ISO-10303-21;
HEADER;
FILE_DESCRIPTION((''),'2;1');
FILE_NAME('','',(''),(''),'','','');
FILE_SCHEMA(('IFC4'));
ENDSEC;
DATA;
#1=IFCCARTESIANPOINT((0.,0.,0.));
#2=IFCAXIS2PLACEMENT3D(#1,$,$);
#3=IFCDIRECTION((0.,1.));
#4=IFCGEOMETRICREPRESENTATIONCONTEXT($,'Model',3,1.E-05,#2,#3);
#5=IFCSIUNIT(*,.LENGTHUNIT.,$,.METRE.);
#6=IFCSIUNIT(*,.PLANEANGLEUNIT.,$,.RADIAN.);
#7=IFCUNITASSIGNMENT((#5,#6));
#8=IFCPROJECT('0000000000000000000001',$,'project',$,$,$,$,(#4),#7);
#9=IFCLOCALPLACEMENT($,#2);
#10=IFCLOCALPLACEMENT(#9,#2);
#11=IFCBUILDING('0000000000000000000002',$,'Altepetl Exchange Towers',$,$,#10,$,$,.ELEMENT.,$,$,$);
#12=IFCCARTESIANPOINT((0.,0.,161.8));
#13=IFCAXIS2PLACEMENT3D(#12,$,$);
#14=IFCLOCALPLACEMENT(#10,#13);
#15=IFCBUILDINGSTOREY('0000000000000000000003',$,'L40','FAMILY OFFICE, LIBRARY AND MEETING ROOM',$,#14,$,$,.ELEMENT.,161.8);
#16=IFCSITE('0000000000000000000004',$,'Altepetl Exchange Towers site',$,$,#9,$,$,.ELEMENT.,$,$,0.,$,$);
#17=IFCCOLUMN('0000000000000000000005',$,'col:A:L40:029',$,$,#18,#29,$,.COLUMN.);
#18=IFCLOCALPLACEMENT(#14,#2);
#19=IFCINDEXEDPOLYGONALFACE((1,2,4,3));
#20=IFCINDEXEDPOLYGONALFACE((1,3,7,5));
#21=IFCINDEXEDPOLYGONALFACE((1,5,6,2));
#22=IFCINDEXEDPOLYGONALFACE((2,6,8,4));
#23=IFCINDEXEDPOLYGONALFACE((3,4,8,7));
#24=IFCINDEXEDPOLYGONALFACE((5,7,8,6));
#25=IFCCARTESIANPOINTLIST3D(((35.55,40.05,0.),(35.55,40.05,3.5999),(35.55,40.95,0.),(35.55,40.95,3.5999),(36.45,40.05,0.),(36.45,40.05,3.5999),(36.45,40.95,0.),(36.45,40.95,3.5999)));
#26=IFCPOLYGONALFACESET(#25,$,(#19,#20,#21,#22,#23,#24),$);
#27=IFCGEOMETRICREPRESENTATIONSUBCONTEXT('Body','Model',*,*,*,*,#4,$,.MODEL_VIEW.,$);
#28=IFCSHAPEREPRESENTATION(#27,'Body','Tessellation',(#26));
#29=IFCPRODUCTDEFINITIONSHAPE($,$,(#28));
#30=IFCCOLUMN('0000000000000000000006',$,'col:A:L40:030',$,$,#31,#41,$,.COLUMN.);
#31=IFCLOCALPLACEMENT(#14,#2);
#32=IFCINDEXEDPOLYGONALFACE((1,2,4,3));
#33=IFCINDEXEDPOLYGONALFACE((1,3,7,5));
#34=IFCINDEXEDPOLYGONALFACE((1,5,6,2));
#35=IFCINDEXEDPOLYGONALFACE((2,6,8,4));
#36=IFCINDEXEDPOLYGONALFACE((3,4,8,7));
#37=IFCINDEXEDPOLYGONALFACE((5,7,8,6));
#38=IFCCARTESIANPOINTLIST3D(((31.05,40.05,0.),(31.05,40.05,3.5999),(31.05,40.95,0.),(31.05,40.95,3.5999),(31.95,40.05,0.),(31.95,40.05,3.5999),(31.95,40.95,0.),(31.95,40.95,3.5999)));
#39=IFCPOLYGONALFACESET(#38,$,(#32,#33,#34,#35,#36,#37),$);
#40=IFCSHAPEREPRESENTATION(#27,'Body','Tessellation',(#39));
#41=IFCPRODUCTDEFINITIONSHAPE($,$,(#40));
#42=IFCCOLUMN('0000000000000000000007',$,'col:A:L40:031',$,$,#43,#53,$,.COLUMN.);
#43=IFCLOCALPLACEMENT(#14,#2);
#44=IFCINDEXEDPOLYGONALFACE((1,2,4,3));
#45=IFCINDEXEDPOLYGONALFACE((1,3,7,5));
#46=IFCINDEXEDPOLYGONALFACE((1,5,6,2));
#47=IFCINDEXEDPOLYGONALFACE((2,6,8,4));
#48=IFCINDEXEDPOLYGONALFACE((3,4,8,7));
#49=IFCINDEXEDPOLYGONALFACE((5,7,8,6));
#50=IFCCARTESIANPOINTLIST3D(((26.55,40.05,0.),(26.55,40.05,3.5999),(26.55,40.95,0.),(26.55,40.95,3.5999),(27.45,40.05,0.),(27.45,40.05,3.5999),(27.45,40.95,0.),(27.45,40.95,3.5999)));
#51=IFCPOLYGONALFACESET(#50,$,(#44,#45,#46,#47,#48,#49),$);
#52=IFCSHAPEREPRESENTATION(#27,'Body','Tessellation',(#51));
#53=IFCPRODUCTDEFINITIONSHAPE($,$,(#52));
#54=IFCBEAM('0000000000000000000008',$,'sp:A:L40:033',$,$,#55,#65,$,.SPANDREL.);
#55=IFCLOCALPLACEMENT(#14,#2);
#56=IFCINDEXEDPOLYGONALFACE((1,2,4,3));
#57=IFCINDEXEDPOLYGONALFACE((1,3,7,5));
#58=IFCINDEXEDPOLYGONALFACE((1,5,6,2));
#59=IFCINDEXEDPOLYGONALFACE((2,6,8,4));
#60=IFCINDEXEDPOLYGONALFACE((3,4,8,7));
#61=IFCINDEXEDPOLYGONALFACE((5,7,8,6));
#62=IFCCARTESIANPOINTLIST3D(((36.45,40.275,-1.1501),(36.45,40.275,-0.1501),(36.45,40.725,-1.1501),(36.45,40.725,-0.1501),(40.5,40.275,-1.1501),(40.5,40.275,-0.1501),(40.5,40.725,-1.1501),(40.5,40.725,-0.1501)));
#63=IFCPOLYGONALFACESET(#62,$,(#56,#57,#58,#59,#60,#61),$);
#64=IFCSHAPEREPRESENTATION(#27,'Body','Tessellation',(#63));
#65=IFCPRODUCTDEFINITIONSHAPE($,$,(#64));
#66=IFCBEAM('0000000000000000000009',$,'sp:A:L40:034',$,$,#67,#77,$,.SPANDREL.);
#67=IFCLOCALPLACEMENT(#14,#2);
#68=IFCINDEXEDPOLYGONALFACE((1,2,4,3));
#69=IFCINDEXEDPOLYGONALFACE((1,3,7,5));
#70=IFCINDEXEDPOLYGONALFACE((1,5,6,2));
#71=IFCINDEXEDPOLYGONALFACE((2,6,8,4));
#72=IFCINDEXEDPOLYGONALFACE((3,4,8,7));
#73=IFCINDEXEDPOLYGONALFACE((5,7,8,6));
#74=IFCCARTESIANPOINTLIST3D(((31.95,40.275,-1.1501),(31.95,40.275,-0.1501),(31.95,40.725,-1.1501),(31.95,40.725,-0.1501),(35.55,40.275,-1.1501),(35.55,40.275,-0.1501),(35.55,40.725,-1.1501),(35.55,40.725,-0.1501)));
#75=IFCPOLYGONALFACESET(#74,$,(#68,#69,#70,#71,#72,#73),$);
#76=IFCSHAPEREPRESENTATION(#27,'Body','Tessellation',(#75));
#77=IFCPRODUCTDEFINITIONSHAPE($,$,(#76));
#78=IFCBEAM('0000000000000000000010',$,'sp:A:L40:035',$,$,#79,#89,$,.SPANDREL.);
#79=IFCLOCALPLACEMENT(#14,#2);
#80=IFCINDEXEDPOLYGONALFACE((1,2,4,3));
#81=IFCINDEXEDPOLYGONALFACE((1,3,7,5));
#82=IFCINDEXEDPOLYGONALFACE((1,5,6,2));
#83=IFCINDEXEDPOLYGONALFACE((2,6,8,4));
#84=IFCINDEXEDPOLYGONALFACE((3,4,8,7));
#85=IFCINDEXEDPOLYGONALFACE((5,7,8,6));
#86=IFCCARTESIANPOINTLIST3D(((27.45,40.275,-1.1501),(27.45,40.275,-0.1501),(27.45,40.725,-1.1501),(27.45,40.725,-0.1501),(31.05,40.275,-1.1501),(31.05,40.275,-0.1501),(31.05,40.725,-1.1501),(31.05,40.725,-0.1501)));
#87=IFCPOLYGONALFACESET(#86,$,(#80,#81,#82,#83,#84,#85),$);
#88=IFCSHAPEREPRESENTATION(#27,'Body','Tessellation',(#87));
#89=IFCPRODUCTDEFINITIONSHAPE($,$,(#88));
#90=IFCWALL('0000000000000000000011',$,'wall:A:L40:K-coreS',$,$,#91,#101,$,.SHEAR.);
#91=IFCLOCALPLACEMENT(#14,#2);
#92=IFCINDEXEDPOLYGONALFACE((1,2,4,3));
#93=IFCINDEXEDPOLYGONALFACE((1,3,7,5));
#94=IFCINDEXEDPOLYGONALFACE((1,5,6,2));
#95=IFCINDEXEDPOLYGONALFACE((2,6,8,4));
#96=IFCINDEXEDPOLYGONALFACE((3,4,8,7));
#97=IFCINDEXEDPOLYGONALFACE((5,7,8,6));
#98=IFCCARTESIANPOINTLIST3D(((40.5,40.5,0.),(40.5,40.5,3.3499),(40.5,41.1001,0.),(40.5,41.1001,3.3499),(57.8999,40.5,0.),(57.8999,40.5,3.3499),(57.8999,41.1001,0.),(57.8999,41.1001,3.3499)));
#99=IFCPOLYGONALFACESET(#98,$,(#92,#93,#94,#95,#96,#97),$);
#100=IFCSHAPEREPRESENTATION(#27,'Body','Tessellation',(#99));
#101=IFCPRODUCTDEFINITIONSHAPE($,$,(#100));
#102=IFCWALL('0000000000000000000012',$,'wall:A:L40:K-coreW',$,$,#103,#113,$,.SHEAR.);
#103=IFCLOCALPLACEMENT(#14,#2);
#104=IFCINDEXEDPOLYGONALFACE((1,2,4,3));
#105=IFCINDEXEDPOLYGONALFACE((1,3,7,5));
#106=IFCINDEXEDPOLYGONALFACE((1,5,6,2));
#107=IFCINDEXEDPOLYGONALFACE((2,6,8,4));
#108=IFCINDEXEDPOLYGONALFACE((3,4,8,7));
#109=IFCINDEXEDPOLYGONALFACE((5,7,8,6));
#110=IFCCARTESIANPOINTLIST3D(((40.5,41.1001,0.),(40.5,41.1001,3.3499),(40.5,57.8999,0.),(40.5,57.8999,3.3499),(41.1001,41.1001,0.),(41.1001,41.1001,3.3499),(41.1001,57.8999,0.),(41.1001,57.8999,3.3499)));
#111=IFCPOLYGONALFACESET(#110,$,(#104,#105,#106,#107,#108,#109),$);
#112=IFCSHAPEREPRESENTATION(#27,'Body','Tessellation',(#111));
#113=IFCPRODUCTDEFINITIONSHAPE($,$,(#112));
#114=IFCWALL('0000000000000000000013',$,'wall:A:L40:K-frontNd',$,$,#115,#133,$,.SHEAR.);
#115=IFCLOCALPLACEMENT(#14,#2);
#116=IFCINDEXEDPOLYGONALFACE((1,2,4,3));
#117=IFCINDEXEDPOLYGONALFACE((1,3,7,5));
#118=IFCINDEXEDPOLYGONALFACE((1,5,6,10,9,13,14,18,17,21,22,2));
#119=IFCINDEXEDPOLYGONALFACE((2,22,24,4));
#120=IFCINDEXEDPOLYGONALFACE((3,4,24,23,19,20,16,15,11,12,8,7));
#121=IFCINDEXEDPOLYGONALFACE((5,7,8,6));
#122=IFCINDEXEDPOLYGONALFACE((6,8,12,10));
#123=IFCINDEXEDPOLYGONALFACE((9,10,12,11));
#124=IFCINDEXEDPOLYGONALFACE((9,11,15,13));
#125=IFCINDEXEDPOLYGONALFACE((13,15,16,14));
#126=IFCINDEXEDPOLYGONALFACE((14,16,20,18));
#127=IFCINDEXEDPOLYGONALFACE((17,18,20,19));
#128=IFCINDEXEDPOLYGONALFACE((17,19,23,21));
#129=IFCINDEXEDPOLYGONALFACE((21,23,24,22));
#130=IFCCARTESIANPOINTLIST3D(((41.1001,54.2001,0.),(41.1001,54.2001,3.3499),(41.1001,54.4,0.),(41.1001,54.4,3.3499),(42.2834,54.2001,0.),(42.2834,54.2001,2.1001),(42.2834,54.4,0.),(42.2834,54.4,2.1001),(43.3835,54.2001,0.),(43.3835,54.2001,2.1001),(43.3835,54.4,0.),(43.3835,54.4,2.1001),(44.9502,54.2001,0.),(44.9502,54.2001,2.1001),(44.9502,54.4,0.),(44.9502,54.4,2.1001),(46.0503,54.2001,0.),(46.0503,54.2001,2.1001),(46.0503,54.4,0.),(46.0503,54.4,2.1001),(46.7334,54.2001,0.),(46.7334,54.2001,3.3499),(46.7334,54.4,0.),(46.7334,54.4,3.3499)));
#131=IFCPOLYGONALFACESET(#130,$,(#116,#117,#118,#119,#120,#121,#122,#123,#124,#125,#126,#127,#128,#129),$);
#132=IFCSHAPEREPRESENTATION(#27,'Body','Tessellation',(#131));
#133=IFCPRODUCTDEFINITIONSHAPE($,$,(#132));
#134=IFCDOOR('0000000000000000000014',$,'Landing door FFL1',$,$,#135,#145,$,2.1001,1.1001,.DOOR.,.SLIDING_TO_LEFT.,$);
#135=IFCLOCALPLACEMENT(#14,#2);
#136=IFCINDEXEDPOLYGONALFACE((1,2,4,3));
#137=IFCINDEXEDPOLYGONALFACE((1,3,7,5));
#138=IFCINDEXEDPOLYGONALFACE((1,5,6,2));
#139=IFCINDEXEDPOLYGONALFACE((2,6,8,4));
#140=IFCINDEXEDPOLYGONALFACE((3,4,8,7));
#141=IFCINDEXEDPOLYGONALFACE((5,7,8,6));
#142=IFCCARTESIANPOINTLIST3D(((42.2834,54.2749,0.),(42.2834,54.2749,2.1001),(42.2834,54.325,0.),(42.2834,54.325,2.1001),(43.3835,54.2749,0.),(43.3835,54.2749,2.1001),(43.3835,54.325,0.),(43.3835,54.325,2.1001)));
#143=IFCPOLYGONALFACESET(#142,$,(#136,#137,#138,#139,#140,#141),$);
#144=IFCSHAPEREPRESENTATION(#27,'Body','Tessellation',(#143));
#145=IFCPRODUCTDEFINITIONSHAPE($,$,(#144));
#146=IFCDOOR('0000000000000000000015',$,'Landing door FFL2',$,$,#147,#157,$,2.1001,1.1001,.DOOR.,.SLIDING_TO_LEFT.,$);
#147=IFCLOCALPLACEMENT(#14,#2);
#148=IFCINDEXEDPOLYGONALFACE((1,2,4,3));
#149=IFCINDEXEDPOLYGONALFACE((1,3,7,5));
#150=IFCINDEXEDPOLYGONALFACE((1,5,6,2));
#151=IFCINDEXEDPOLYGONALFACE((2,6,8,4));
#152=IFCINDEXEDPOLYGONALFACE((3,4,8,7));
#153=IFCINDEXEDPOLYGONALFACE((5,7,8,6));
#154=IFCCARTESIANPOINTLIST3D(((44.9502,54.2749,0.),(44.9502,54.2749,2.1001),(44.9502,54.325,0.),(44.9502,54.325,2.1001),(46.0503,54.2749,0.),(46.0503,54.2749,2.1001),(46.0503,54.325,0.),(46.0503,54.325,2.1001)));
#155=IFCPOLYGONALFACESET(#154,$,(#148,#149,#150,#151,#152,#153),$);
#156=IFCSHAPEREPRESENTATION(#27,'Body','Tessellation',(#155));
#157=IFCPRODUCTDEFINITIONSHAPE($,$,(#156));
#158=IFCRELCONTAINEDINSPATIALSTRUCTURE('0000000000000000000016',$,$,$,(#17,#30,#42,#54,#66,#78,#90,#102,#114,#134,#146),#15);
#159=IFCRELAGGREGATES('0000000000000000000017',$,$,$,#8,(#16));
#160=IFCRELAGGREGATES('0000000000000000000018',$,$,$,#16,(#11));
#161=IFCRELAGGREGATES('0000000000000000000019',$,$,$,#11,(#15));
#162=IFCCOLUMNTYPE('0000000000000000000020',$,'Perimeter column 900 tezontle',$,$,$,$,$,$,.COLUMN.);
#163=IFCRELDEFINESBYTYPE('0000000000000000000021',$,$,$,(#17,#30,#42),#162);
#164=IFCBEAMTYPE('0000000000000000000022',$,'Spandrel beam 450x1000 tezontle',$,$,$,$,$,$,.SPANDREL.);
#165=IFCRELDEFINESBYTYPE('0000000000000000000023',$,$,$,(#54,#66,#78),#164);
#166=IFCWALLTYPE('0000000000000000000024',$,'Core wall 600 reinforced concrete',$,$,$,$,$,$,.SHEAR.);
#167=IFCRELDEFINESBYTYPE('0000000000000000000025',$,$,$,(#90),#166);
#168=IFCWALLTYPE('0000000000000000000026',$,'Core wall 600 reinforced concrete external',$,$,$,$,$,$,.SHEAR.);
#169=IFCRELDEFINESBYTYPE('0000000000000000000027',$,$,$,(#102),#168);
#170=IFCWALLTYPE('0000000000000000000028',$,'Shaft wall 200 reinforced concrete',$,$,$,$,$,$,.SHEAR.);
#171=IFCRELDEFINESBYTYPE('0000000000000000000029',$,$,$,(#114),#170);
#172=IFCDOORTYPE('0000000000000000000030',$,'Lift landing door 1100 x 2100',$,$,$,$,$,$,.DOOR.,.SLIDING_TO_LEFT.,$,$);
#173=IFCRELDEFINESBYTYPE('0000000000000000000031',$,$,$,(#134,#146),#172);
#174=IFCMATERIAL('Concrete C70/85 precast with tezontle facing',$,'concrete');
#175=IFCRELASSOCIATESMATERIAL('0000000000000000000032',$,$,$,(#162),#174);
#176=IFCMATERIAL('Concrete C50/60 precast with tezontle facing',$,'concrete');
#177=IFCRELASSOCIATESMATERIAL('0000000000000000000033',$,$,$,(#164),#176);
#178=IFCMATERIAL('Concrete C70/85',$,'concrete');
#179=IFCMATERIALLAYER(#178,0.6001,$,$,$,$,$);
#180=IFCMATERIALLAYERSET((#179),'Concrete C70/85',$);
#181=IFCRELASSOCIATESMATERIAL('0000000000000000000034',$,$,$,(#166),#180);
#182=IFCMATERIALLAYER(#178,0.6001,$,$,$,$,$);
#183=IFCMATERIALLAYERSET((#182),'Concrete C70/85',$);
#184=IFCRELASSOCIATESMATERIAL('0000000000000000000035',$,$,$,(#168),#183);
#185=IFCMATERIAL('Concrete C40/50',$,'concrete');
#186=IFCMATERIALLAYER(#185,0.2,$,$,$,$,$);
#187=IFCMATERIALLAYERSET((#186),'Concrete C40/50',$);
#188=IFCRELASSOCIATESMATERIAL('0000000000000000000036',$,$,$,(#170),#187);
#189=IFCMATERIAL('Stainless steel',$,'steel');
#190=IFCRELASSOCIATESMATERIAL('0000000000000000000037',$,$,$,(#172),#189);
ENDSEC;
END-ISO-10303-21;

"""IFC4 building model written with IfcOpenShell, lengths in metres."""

from ifc_helpers import new_model, si_unit, direction, frame, frame_2d, origin, origin_2d, place, context, subcontext, project, spatial, rectangle, extrude, material, layer, layer_set, material_profile, profile_set, type_object, element, fill, save


model = new_model("IFC4")

# Units and contexts
model_context = context("Model", 3, precision=1e-05, world=origin(), true_north=direction((0.0, 1.0)))
body_context = subcontext(model_context, "Body", "Model", "MODEL_VIEW")
ifc_project = project(units=[si_unit("LENGTHUNIT", "METRE"), si_unit("PLANEANGLEUNIT", "RADIAN")], contexts=[model_context])

# Site, building, storey
site_placement = place(None, origin())
site = spatial("IfcSite", under=ifc_project, at=site_placement, Name="Altepetl Exchange Towers site", CompositionType="ELEMENT", RefElevation=0.0)
building_placement = place(site_placement, origin())
building = spatial("IfcBuilding", under=site, at=building_placement, Name="Altepetl Exchange Towers", CompositionType="ELEMENT")
storey_placement = place(building_placement, frame((0.0, 0.0, 161.8)))
storey = spatial("IfcBuildingStorey", under=building, at=storey_placement, Name="L40", Description="FAMILY OFFICE, LIBRARY AND MEETING ROOM", CompositionType="ELEMENT", Elevation=161.8)

# Columns
ifc_material_1 = material(Name="Concrete C70/85 precast with tezontle facing", Category="concrete")
ifc_material_profile_1 = material_profile(ifc_material_1, rectangle(XDim=0.8999, YDim=0.8999, at=origin_2d()), Name="900 x 900")
ifc_profile_set_1 = profile_set([ifc_material_profile_1], Name="Concrete C70/85 precast with tezontle facing")
column_type = type_object("IfcColumnType", Name="Perimeter column 900 tezontle", PredefinedType="COLUMN", material=ifc_profile_set_1)
for number, where, name in (
    (1, (36.0, 40.5, 0.0), "col:A:L40:029"),
    (2, (31.5, 40.5, 0.0), "col:A:L40:030"),
    (3, (27.0, 40.5, 0.0), "col:A:L40:031"),
):
    element("IfcColumn", number, at=place(storey_placement, frame(where)), inside=storey, type_object=column_type, Name=name, PredefinedType="COLUMN", context=body_context, shape_type="SweptSolid", body=[
        extrude(rectangle(XDim=0.8999, YDim=0.8999, at=origin_2d()), origin(), (0.0, 0.0, 1.0), 3.5999),
    ])

# Beams
ifc_material_2 = material(Name="Concrete C50/60 precast with tezontle facing", Category="concrete")
ifc_material_profile_2 = material_profile(ifc_material_2, rectangle(XDim=0.45, YDim=1.0, at=origin_2d()), Name="450 x 1000")
ifc_profile_set_2 = profile_set([ifc_material_profile_2], Name="Concrete C50/60 precast with tezontle facing")
beam_type = type_object("IfcBeamType", Name="Spandrel beam 450x1000 tezontle", PredefinedType="SPANDREL", material=ifc_profile_set_2)
beam_placement = place(storey_placement, frame((40.5, 40.5, -0.6501), z_axis=(-1.0, 0.0, 0.0), x_axis=(0.0, -1.0, 0.0)))
element("IfcBeam", 4, at=beam_placement, inside=storey, type_object=beam_type, Name="sp:A:L40:033", PredefinedType="SPANDREL", context=body_context, shape_type="SweptSolid", body=[
    extrude(rectangle(XDim=0.45, YDim=1.0, at=origin_2d()), origin(), (0.0, 0.0, 1.0), 4.05),
])
for number, where, z_axis, x_axis, name in (
    (5, (35.55, 40.5, -0.6501), (-1.0, 0.0, 0.0), (0.0, -1.0, 0.0), "sp:A:L40:034"),
    (6, (31.05, 40.5, -0.6501), (-1.0, 0.0, 0.0), (0.0, -1.0, 0.0), "sp:A:L40:035"),
):
    element("IfcBeam", number, at=place(storey_placement, frame(where, z_axis=z_axis, x_axis=x_axis)), inside=storey, type_object=beam_type, Name=name, PredefinedType="SPANDREL", context=body_context, shape_type="SweptSolid", body=[
        extrude(rectangle(XDim=0.45, YDim=1.0, at=origin_2d()), origin(), (0.0, 0.0, 1.0), 3.6001),
    ])

# Walls
ifc_material_3 = material(Name="Concrete C70/85", Category="concrete")
ifc_layer_1 = layer(ifc_material_3, 0.6001)
ifc_layer_set_1 = layer_set([ifc_layer_1], Name="Concrete C70/85")
wall_type_1 = type_object("IfcWallType", Name="Core wall 600 reinforced concrete", PredefinedType="SHEAR", material=ifc_layer_set_1)
wall_1_placement = place(storey_placement, frame((40.5, 40.8, 0.0)))
element("IfcWall", 7, at=wall_1_placement, inside=storey, type_object=wall_type_1, Name="wall:A:L40:K-coreS", PredefinedType="SHEAR", context=body_context, shape_type="SweptSolid", body=[
    extrude(rectangle(XDim=17.3999, YDim=0.6001, at=frame_2d((8.7, 0.0))), origin(), (0.0, 0.0, 1.0), 3.3499),
])
ifc_layer_2 = layer(ifc_material_3, 0.6001)
ifc_layer_set_2 = layer_set([ifc_layer_2], Name="Concrete C70/85")
wall_type_2 = type_object("IfcWallType", Name="Core wall 600 reinforced concrete external", PredefinedType="SHEAR", material=ifc_layer_set_2)
wall_2_placement = place(storey_placement, frame((40.8, 41.1001, 0.0), z_axis=(0.0, 0.0, 1.0), x_axis=(0.0, 1.0, 0.0)))
element("IfcWall", 8, at=wall_2_placement, inside=storey, type_object=wall_type_2, Name="wall:A:L40:K-coreW", PredefinedType="SHEAR", context=body_context, shape_type="SweptSolid", body=[
    extrude(rectangle(XDim=16.7998, YDim=0.6001, at=frame_2d((8.3999, 0.0))), origin(), (0.0, 0.0, 1.0), 3.3499),
])

# Wall, openings, doors
ifc_material_4 = material(Name="Concrete C40/50", Category="concrete")
ifc_layer_3 = layer(ifc_material_4, 0.2)
ifc_layer_set_3 = layer_set([ifc_layer_3], Name="Concrete C40/50")
wall_type_3 = type_object("IfcWallType", Name="Shaft wall 200 reinforced concrete", PredefinedType="SHEAR", material=ifc_layer_set_3)
wall_3_placement = place(storey_placement, frame((41.1001, 54.3, 0.0)))
wall_3 = element("IfcWall", 9, at=wall_3_placement, inside=storey, type_object=wall_type_3, Name="wall:A:L40:K-frontNd", PredefinedType="SHEAR", context=body_context, shape_type="SweptSolid", body=[
    extrude(rectangle(XDim=5.6333, YDim=0.2, at=frame_2d((2.8167, 0.0))), origin(), (0.0, 0.0, 1.0), 3.3499),
])
opening_1_placement = place(wall_3_placement, frame((1.1833, 0.0, 0.0)))
opening_1 = element("IfcOpeningElement", 10, at=opening_1_placement, cuts=wall_3, PredefinedType="OPENING", context=body_context, shape_type="SweptSolid", body=[
    extrude(rectangle(XDim=1.1001, YDim=2.1001, at=frame_2d((0.55, 1.05))), frame((0.0, 0.1099, 0.0), z_axis=(0.0, -1.0, 0.0), x_axis=(1.0, 0.0, 0.0)), (0.0, 0.0, 1.0), 0.22),
])
opening_2_placement = place(wall_3_placement, frame((3.8501, 0.0, 0.0)))
opening_2 = element("IfcOpeningElement", 11, at=opening_2_placement, cuts=wall_3, PredefinedType="OPENING", context=body_context, shape_type="SweptSolid", body=[
    extrude(rectangle(XDim=1.1001, YDim=2.1001, at=frame_2d((0.55, 1.05))), frame((0.0, 0.1099, 0.0), z_axis=(0.0, -1.0, 0.0), x_axis=(1.0, 0.0, 0.0)), (0.0, 0.0, 1.0), 0.22),
])
ifc_material_5 = material(Name="Stainless steel", Category="steel")
door_type_1 = type_object("IfcDoorType", Name="Lift landing door 1100 x 2100", OperationType="SLIDING_TO_LEFT", PredefinedType="DOOR", material=ifc_material_5)
door_1_placement = place(opening_1_placement, origin())
door_1 = element("IfcDoor", 12, at=door_1_placement, inside=storey, type_object=door_type_1, Name="Landing door FFL1", OperationType="SLIDING_TO_LEFT", OverallHeight=2.1001, OverallWidth=1.1001, PredefinedType="DOOR", context=body_context, shape_type="SweptSolid", body=[
    extrude(rectangle(XDim=1.1001, YDim=2.1001, at=frame_2d((0.55, 1.05))), frame((0.0, 0.0249, 0.0), z_axis=(0.0, -1.0, 0.0), x_axis=(1.0, 0.0, 0.0)), (0.0, 0.0, 1.0), 0.05),
])
fill(opening_1, door_1)
door_2_placement = place(opening_2_placement, origin())
door_2 = element("IfcDoor", 13, at=door_2_placement, inside=storey, type_object=door_type_1, Name="Landing door FFL2", OperationType="SLIDING_TO_LEFT", OverallHeight=2.1001, OverallWidth=1.1001, PredefinedType="DOOR", context=body_context, shape_type="SweptSolid", body=[
    extrude(rectangle(XDim=1.1001, YDim=2.1001, at=frame_2d((0.55, 1.05))), frame((0.0, 0.0249, 0.0), z_axis=(0.0, -1.0, 0.0), x_axis=(1.0, 0.0, 0.0)), (0.0, 0.0, 1.0), 0.05),
])
fill(opening_2, door_2)

save(model, "model.ifc")
